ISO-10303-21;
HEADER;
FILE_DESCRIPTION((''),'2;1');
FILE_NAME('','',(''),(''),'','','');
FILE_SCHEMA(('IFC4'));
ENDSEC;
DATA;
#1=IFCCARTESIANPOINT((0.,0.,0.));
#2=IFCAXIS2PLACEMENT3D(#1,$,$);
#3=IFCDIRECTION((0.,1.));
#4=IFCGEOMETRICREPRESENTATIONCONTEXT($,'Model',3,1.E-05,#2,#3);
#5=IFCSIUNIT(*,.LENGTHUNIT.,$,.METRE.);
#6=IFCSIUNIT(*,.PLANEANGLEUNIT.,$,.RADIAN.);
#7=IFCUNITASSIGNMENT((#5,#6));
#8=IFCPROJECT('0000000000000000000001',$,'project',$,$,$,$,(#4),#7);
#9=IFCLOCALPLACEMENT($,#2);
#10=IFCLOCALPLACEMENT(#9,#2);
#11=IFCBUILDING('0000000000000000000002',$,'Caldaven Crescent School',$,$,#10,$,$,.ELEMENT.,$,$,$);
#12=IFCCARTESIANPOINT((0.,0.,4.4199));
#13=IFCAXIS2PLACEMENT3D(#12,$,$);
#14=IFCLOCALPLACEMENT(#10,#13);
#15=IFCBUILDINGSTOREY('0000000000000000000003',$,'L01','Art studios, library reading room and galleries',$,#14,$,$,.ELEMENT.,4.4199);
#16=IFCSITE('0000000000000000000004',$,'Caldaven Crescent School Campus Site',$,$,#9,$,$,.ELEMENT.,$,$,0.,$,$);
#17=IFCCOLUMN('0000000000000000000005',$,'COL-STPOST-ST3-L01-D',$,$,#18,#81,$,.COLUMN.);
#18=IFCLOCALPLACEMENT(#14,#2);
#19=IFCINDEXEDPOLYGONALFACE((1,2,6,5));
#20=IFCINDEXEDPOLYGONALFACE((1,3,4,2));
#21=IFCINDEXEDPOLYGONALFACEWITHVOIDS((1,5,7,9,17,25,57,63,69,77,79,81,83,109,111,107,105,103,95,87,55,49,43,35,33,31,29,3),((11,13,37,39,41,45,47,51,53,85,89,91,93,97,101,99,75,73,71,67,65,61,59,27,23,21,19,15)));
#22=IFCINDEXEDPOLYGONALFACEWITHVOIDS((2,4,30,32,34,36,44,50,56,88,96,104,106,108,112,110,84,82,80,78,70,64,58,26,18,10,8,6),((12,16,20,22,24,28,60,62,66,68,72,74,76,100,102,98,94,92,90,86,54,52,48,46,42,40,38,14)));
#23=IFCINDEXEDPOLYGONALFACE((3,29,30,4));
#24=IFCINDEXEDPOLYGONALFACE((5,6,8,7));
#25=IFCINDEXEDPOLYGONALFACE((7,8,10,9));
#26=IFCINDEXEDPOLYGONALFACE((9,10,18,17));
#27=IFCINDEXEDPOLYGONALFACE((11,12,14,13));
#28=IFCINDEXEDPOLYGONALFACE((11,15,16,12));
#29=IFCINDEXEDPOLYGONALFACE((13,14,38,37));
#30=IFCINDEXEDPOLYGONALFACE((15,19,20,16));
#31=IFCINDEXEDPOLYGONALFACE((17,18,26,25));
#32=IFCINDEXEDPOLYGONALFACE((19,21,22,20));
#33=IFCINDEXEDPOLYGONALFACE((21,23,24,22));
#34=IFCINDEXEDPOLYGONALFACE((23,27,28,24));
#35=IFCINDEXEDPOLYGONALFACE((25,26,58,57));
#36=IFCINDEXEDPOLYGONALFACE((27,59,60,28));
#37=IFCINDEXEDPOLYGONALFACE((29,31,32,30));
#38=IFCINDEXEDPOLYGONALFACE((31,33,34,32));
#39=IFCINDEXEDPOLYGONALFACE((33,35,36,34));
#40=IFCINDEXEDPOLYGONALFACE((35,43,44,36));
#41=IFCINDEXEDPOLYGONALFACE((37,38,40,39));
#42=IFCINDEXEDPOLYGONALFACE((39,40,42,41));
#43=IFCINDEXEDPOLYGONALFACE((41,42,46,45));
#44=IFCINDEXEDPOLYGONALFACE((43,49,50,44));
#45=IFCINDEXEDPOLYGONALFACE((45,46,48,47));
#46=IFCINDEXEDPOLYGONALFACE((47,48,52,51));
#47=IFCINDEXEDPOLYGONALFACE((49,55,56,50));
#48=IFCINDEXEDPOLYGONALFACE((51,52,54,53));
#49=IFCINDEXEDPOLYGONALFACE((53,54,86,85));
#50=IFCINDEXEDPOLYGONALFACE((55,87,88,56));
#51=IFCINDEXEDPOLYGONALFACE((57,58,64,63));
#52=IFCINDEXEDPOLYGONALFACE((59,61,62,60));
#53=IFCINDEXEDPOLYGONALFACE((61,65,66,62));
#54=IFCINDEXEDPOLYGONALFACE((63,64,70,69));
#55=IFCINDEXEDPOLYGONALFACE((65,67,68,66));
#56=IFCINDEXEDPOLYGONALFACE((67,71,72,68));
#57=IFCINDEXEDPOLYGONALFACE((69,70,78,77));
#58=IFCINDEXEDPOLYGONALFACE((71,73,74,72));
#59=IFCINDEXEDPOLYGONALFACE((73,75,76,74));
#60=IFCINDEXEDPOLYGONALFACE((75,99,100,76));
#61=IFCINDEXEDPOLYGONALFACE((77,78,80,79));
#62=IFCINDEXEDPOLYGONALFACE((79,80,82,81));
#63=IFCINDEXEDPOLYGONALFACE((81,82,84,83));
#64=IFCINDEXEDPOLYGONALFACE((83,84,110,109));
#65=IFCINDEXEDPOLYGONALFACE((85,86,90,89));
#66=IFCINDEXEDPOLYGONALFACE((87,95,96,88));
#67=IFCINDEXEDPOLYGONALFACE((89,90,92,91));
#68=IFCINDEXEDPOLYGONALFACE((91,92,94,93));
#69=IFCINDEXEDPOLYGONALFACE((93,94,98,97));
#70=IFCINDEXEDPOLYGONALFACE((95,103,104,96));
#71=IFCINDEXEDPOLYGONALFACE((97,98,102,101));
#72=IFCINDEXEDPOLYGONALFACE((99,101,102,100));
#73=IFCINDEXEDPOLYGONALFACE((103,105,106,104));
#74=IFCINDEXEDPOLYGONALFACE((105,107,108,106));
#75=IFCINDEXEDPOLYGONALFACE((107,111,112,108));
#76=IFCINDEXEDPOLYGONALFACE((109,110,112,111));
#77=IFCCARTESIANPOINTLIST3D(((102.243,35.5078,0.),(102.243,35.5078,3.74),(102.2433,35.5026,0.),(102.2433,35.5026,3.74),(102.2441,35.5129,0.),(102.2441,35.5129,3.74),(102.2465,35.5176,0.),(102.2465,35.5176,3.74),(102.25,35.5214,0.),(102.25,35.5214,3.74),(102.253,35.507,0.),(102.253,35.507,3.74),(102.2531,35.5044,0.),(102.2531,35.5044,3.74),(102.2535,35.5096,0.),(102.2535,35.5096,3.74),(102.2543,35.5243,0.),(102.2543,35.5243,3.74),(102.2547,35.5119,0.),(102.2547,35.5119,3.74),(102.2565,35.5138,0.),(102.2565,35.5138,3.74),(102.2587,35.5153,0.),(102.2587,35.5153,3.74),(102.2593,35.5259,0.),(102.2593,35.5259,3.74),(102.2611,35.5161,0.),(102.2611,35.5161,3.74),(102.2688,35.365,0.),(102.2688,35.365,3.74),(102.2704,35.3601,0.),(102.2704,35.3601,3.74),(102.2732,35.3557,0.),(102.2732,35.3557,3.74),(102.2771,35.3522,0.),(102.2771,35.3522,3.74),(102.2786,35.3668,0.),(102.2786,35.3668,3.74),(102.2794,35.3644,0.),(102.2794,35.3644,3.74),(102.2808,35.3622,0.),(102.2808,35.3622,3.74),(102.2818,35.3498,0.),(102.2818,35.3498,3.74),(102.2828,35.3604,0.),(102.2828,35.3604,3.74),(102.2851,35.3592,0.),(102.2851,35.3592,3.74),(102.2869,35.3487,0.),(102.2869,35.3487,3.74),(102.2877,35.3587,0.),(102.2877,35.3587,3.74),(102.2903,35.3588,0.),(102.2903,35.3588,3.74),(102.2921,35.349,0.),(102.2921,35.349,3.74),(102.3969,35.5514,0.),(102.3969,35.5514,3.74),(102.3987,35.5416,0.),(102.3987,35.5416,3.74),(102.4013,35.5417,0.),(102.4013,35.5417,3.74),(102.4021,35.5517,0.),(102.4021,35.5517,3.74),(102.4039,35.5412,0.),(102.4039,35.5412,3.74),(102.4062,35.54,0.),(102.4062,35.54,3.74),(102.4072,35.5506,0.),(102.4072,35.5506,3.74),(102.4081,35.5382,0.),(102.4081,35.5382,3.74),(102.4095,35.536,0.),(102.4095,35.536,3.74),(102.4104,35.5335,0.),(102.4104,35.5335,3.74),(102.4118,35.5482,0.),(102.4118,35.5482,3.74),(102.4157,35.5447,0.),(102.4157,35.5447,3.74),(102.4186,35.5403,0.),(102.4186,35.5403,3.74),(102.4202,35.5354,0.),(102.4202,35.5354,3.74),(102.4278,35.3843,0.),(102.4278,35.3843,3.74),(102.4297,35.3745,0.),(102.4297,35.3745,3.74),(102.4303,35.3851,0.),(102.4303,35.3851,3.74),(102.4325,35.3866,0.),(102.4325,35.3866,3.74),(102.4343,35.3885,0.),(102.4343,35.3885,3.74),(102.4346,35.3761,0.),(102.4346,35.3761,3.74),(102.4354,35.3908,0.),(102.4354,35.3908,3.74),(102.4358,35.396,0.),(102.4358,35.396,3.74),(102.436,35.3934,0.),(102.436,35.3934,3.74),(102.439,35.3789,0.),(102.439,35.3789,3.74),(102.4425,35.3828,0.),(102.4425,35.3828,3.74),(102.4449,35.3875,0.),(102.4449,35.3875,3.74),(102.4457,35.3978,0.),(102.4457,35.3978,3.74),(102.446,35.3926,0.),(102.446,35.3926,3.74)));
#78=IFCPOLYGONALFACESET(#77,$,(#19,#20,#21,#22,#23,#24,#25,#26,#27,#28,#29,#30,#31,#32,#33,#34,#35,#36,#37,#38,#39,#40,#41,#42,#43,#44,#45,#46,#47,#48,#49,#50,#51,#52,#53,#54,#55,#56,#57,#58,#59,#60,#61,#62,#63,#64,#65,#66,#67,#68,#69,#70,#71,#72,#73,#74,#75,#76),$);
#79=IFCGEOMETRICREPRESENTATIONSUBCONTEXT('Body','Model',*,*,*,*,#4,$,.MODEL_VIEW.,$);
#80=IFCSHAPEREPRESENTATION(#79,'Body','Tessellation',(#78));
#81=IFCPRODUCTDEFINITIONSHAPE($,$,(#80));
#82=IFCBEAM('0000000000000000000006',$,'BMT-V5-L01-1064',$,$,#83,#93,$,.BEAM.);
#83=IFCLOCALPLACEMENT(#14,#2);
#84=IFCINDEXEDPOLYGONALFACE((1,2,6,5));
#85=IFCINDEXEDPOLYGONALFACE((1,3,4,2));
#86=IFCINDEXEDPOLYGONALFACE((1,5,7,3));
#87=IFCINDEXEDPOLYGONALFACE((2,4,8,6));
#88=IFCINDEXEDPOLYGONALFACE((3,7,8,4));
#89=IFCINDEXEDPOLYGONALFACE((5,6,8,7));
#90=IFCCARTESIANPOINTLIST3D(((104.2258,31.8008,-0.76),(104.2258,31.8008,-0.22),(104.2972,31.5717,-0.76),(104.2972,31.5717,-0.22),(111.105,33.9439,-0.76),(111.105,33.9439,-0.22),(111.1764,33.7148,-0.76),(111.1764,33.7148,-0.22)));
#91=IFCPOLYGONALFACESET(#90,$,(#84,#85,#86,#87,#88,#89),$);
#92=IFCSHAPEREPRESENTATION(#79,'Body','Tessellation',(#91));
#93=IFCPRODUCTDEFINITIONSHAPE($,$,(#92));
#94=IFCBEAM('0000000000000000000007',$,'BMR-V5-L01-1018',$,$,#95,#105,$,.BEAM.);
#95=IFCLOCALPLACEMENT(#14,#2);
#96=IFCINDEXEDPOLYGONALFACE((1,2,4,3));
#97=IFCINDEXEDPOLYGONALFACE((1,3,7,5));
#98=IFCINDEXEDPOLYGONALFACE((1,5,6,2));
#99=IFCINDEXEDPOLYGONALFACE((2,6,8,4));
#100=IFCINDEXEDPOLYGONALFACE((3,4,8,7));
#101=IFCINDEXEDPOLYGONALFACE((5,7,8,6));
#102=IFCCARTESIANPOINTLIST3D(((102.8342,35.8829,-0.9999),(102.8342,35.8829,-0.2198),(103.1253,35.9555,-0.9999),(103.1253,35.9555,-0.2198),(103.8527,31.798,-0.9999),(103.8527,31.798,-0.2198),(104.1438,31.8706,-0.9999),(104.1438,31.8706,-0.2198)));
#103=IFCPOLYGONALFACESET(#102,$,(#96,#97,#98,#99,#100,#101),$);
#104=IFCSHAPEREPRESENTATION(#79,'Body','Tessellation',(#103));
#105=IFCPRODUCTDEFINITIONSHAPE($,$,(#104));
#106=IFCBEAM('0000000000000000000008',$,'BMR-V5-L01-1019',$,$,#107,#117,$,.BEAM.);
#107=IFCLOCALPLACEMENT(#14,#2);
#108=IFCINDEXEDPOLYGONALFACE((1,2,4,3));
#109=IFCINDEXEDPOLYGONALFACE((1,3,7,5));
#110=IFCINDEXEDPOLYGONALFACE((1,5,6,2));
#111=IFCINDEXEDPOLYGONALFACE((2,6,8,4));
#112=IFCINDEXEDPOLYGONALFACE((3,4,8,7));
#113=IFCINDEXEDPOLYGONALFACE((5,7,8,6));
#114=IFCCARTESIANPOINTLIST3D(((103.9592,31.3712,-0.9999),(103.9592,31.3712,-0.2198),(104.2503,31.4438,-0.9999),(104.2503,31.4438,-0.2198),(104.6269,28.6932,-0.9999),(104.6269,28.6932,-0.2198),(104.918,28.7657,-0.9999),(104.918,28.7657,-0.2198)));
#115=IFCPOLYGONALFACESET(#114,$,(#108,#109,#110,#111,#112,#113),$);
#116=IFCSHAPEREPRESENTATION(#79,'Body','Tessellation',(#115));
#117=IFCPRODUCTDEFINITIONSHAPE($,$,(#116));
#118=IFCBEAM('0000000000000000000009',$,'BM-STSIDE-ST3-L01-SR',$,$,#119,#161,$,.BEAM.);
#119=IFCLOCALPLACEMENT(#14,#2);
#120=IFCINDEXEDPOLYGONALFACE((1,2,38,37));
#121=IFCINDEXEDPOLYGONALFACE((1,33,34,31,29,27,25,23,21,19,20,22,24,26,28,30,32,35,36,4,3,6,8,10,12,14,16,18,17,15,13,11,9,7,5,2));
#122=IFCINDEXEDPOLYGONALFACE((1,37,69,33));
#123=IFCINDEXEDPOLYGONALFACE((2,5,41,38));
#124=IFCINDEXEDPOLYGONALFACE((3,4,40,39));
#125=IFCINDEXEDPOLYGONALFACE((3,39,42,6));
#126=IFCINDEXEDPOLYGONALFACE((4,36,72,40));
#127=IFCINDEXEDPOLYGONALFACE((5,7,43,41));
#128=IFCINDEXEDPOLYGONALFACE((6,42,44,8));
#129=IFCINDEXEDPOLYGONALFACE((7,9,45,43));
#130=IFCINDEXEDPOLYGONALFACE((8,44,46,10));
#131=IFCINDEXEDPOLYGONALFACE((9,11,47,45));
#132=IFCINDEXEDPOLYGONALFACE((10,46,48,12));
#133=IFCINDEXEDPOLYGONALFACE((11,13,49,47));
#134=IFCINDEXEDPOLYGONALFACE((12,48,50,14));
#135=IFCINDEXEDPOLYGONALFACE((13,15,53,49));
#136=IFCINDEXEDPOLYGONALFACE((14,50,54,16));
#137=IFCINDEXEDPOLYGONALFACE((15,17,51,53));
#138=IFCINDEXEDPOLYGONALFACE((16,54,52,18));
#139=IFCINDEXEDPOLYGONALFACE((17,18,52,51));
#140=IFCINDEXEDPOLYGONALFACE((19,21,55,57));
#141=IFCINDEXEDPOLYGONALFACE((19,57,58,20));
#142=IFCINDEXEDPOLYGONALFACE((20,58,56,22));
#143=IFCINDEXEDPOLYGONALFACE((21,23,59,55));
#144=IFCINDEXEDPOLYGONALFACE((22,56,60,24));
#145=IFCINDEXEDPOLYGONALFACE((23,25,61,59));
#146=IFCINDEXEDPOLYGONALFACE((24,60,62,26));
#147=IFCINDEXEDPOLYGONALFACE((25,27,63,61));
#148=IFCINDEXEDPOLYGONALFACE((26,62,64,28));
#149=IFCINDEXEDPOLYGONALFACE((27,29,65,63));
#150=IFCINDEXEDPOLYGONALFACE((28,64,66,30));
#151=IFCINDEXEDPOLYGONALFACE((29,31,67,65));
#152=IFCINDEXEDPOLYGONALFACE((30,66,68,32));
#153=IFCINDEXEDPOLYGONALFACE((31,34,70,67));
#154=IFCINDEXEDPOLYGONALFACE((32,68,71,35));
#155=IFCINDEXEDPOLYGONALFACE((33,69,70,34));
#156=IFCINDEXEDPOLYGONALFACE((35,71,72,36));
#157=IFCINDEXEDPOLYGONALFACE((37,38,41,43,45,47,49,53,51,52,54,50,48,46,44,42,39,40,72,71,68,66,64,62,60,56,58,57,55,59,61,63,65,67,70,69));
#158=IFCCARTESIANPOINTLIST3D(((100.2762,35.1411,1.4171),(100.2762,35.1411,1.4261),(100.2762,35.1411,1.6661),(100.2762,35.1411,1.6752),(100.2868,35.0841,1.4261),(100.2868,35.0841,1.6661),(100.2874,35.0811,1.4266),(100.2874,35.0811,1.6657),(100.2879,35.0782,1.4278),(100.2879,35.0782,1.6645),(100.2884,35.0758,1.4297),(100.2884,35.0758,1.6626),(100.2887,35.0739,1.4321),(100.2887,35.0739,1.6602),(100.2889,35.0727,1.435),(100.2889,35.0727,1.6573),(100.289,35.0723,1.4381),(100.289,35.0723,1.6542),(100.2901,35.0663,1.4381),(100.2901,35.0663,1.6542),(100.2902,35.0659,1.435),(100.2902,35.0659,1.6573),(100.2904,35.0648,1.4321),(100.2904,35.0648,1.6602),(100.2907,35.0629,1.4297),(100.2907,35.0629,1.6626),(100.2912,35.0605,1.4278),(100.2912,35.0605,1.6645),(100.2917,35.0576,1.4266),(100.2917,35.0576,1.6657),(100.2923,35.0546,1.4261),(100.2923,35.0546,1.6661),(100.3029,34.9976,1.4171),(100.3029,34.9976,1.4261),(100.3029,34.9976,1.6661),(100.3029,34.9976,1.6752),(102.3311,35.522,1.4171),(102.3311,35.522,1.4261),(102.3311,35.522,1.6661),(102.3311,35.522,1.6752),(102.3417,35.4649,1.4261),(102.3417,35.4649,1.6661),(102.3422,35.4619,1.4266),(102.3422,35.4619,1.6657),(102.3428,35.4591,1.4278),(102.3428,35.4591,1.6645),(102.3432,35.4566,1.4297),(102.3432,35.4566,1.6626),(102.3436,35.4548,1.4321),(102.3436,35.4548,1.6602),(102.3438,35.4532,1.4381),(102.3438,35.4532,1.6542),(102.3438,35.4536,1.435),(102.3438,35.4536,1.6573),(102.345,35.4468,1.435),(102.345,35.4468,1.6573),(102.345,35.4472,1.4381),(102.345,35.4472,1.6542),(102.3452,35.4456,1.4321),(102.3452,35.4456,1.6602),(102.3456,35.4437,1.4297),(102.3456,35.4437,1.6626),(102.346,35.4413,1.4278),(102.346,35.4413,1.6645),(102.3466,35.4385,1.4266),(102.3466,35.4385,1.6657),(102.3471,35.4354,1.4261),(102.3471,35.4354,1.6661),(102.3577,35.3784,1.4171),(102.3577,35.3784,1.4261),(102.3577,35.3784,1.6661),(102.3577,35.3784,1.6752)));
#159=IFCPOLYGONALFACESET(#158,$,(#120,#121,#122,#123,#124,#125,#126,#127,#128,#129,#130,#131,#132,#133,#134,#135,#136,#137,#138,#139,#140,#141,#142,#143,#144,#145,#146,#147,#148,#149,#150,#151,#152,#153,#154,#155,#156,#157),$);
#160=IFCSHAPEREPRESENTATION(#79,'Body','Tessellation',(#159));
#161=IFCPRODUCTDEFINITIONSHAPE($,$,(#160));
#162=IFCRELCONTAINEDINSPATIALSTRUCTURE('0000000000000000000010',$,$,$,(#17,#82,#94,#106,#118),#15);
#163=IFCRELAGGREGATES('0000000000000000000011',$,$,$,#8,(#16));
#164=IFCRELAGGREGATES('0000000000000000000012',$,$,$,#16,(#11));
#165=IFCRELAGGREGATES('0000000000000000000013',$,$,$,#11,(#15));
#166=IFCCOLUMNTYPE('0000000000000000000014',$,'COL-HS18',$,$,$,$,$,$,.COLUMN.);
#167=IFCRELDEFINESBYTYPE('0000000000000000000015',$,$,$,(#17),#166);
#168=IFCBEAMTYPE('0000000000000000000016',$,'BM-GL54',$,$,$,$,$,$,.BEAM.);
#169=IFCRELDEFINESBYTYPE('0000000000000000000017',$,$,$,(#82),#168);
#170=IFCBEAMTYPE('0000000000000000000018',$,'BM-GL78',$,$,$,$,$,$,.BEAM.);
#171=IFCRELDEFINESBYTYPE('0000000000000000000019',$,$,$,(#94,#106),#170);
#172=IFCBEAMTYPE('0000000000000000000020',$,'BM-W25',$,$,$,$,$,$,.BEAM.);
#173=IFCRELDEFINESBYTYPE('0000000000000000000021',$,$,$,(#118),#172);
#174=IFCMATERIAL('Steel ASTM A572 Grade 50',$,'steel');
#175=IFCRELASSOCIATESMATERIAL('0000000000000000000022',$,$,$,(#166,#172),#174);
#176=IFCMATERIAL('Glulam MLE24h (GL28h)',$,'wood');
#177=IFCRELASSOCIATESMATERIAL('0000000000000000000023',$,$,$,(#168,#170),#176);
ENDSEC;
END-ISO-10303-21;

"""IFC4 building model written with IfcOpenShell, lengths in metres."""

from ifc_helpers import new_model, si_unit, direction, frame, origin, origin_2d, place, context, subcontext, project, spatial, rectangle, hollow_rectangle, i_section, extrude, material, material_profile, profile_set, type_object, element, save


model = new_model("IFC4")

# Units and contexts
model_context = context("Model", 3, precision=1e-05, world=origin(), true_north=direction((0.0, 1.0)))
body_context = subcontext(model_context, "Body", "Model", "MODEL_VIEW")
ifc_project = project(units=[si_unit("LENGTHUNIT", "METRE"), si_unit("PLANEANGLEUNIT", "RADIAN")], contexts=[model_context])

# Site, building, storey
site_placement = place(None, origin())
site = spatial("IfcSite", under=ifc_project, at=site_placement, Name="Caldaven Crescent School Campus Site", CompositionType="ELEMENT", RefElevation=0.0)
building_placement = place(site_placement, origin())
building = spatial("IfcBuilding", under=site, at=building_placement, Name="Caldaven Crescent School", CompositionType="ELEMENT")
storey_placement = place(building_placement, frame((0.0, 0.0, 4.4199)))
storey = spatial("IfcBuildingStorey", under=building, at=storey_placement, Name="L01", Description="Art studios, library reading room and galleries", CompositionType="ELEMENT", Elevation=4.4199)

# Column
ifc_material_1 = material(Name="Glulam MLE24h (GL28h)", Category="wood")
ifc_material_2 = material(Name="Steel ASTM A572 Grade 50", Category="steel")
ifc_material_profile_1 = material_profile(ifc_material_2, hollow_rectangle(XDim=0.1799, YDim=0.1799, WallThickness=0.01, InnerFilletRadius=0.01, OuterFilletRadius=0.02, at=origin_2d()), Name="HSS 180x180x10")
ifc_profile_set_1 = profile_set([ifc_material_profile_1], Name="Steel ASTM A572 Grade 50")
column_type_1 = type_object("IfcColumnType", Name="COL-HS18", PredefinedType="COLUMN", material=ifc_profile_set_1)
for number, where, z_axis, x_axis, name in (
    (1, (102.3445, 35.4502, 0.0), (0.0, 0.0, 1.0), (0.983255, 0.182236, 0.0), "COL-STPOST-ST3-L01-D"),
):
    element("IfcColumn", number, at=place(storey_placement, frame(where, z_axis=z_axis, x_axis=x_axis)), inside=storey, type_object=column_type_1, Name=name, PredefinedType="COLUMN", context=body_context, shape_type="SweptSolid", body=[
        extrude(hollow_rectangle(XDim=0.1799, YDim=0.1799, WallThickness=0.01, InnerFilletRadius=0.01, OuterFilletRadius=0.02, at=origin_2d()), origin(), (0.0, 0.0, 1.0), 3.74),
    ])

# Beams
ifc_material_profile_2 = material_profile(ifc_material_1, rectangle(XDim=0.24, YDim=0.54, at=origin_2d()), Name="MLE 240x540")
ifc_profile_set_2 = profile_set([ifc_material_profile_2], Name="Glulam MLE24h (GL28h)")
beam_type_1 = type_object("IfcBeamType", Name="BM-GL54", PredefinedType="BEAM", material=ifc_profile_set_2)
beam_1_placement = place(storey_placement, frame((104.2615, 31.6863, -0.49), z_axis=(0.954743, 0.297432, 0.0), x_axis=(-0.297432, 0.954743, 0.0)))
element("IfcBeam", 2, at=beam_1_placement, inside=storey, type_object=beam_type_1, Name="BMT-V5-L01-1064", PredefinedType="BEAM", context=body_context, shape_type="SweptSolid", body=[
    extrude(rectangle(XDim=0.24, YDim=0.54, at=origin_2d()), origin(), (0.0, 0.0, 1.0), 7.2053),
])
ifc_material_profile_3 = material_profile(ifc_material_1, rectangle(XDim=0.3, YDim=0.78, at=origin_2d()), Name="MLE 300x780")
ifc_profile_set_3 = profile_set([ifc_material_profile_3], Name="Glulam MLE24h (GL28h)")
beam_type_2 = type_object("IfcBeamType", Name="BM-GL78", PredefinedType="BEAM", material=ifc_profile_set_3)
beam_2_placement = place(storey_placement, frame((102.9797, 35.9192, -0.6099), z_axis=(0.241935, -0.970292, 0.0), x_axis=(0.970292, 0.241935, 0.0)))
element("IfcBeam", 3, at=beam_2_placement, inside=storey, type_object=beam_type_2, Name="BMR-V5-L01-1018", PredefinedType="BEAM", context=body_context, shape_type="SweptSolid", body=[
    extrude(rectangle(XDim=0.3, YDim=0.78, at=origin_2d()), origin(), (0.0, 0.0, 1.0), 4.21),
])
beam_3_placement = place(storey_placement, frame((104.1047, 31.4075, -0.6099), z_axis=(0.241932, -0.970293, 0.0), x_axis=(0.970293, 0.241932, 0.0)))
element("IfcBeam", 4, at=beam_3_placement, inside=storey, type_object=beam_type_2, Name="BMR-V5-L01-1019", PredefinedType="BEAM", context=body_context, shape_type="SweptSolid", body=[
    extrude(rectangle(XDim=0.3, YDim=0.78, at=origin_2d()), origin(), (0.0, 0.0, 1.0), 2.76),
])
ifc_material_profile_4 = material_profile(ifc_material_2, i_section(OverallWidth=0.146, OverallDepth=0.2581, WebThickness=0.0061, FlangeThickness=0.009, FilletRadius=0.012, at=origin_2d()), Name="W250x33")
ifc_profile_set_4 = profile_set([ifc_material_profile_4], Name="Steel ASTM A572 Grade 50")
beam_type_3 = type_object("IfcBeamType", Name="BM-W25", PredefinedType="BEAM", material=ifc_profile_set_4)
beam_4_placement = place(storey_placement, frame((100.2896, 35.0693, 1.5461), z_axis=(0.983255, 0.182236, 0.0), x_axis=(-0.182236, 0.983255, 0.0)))
element("IfcBeam", 5, at=beam_4_placement, inside=storey, type_object=beam_type_3, Name="BM-STSIDE-ST3-L01-SR", PredefinedType="BEAM", context=body_context, shape_type="SweptSolid", body=[
    extrude(i_section(OverallWidth=0.146, OverallDepth=0.2581, WebThickness=0.0061, FlangeThickness=0.009, FilletRadius=0.012, at=origin_2d()), origin(), (0.0, 0.0, 1.0), 2.0898),
])

save(model, "model.ifc")
